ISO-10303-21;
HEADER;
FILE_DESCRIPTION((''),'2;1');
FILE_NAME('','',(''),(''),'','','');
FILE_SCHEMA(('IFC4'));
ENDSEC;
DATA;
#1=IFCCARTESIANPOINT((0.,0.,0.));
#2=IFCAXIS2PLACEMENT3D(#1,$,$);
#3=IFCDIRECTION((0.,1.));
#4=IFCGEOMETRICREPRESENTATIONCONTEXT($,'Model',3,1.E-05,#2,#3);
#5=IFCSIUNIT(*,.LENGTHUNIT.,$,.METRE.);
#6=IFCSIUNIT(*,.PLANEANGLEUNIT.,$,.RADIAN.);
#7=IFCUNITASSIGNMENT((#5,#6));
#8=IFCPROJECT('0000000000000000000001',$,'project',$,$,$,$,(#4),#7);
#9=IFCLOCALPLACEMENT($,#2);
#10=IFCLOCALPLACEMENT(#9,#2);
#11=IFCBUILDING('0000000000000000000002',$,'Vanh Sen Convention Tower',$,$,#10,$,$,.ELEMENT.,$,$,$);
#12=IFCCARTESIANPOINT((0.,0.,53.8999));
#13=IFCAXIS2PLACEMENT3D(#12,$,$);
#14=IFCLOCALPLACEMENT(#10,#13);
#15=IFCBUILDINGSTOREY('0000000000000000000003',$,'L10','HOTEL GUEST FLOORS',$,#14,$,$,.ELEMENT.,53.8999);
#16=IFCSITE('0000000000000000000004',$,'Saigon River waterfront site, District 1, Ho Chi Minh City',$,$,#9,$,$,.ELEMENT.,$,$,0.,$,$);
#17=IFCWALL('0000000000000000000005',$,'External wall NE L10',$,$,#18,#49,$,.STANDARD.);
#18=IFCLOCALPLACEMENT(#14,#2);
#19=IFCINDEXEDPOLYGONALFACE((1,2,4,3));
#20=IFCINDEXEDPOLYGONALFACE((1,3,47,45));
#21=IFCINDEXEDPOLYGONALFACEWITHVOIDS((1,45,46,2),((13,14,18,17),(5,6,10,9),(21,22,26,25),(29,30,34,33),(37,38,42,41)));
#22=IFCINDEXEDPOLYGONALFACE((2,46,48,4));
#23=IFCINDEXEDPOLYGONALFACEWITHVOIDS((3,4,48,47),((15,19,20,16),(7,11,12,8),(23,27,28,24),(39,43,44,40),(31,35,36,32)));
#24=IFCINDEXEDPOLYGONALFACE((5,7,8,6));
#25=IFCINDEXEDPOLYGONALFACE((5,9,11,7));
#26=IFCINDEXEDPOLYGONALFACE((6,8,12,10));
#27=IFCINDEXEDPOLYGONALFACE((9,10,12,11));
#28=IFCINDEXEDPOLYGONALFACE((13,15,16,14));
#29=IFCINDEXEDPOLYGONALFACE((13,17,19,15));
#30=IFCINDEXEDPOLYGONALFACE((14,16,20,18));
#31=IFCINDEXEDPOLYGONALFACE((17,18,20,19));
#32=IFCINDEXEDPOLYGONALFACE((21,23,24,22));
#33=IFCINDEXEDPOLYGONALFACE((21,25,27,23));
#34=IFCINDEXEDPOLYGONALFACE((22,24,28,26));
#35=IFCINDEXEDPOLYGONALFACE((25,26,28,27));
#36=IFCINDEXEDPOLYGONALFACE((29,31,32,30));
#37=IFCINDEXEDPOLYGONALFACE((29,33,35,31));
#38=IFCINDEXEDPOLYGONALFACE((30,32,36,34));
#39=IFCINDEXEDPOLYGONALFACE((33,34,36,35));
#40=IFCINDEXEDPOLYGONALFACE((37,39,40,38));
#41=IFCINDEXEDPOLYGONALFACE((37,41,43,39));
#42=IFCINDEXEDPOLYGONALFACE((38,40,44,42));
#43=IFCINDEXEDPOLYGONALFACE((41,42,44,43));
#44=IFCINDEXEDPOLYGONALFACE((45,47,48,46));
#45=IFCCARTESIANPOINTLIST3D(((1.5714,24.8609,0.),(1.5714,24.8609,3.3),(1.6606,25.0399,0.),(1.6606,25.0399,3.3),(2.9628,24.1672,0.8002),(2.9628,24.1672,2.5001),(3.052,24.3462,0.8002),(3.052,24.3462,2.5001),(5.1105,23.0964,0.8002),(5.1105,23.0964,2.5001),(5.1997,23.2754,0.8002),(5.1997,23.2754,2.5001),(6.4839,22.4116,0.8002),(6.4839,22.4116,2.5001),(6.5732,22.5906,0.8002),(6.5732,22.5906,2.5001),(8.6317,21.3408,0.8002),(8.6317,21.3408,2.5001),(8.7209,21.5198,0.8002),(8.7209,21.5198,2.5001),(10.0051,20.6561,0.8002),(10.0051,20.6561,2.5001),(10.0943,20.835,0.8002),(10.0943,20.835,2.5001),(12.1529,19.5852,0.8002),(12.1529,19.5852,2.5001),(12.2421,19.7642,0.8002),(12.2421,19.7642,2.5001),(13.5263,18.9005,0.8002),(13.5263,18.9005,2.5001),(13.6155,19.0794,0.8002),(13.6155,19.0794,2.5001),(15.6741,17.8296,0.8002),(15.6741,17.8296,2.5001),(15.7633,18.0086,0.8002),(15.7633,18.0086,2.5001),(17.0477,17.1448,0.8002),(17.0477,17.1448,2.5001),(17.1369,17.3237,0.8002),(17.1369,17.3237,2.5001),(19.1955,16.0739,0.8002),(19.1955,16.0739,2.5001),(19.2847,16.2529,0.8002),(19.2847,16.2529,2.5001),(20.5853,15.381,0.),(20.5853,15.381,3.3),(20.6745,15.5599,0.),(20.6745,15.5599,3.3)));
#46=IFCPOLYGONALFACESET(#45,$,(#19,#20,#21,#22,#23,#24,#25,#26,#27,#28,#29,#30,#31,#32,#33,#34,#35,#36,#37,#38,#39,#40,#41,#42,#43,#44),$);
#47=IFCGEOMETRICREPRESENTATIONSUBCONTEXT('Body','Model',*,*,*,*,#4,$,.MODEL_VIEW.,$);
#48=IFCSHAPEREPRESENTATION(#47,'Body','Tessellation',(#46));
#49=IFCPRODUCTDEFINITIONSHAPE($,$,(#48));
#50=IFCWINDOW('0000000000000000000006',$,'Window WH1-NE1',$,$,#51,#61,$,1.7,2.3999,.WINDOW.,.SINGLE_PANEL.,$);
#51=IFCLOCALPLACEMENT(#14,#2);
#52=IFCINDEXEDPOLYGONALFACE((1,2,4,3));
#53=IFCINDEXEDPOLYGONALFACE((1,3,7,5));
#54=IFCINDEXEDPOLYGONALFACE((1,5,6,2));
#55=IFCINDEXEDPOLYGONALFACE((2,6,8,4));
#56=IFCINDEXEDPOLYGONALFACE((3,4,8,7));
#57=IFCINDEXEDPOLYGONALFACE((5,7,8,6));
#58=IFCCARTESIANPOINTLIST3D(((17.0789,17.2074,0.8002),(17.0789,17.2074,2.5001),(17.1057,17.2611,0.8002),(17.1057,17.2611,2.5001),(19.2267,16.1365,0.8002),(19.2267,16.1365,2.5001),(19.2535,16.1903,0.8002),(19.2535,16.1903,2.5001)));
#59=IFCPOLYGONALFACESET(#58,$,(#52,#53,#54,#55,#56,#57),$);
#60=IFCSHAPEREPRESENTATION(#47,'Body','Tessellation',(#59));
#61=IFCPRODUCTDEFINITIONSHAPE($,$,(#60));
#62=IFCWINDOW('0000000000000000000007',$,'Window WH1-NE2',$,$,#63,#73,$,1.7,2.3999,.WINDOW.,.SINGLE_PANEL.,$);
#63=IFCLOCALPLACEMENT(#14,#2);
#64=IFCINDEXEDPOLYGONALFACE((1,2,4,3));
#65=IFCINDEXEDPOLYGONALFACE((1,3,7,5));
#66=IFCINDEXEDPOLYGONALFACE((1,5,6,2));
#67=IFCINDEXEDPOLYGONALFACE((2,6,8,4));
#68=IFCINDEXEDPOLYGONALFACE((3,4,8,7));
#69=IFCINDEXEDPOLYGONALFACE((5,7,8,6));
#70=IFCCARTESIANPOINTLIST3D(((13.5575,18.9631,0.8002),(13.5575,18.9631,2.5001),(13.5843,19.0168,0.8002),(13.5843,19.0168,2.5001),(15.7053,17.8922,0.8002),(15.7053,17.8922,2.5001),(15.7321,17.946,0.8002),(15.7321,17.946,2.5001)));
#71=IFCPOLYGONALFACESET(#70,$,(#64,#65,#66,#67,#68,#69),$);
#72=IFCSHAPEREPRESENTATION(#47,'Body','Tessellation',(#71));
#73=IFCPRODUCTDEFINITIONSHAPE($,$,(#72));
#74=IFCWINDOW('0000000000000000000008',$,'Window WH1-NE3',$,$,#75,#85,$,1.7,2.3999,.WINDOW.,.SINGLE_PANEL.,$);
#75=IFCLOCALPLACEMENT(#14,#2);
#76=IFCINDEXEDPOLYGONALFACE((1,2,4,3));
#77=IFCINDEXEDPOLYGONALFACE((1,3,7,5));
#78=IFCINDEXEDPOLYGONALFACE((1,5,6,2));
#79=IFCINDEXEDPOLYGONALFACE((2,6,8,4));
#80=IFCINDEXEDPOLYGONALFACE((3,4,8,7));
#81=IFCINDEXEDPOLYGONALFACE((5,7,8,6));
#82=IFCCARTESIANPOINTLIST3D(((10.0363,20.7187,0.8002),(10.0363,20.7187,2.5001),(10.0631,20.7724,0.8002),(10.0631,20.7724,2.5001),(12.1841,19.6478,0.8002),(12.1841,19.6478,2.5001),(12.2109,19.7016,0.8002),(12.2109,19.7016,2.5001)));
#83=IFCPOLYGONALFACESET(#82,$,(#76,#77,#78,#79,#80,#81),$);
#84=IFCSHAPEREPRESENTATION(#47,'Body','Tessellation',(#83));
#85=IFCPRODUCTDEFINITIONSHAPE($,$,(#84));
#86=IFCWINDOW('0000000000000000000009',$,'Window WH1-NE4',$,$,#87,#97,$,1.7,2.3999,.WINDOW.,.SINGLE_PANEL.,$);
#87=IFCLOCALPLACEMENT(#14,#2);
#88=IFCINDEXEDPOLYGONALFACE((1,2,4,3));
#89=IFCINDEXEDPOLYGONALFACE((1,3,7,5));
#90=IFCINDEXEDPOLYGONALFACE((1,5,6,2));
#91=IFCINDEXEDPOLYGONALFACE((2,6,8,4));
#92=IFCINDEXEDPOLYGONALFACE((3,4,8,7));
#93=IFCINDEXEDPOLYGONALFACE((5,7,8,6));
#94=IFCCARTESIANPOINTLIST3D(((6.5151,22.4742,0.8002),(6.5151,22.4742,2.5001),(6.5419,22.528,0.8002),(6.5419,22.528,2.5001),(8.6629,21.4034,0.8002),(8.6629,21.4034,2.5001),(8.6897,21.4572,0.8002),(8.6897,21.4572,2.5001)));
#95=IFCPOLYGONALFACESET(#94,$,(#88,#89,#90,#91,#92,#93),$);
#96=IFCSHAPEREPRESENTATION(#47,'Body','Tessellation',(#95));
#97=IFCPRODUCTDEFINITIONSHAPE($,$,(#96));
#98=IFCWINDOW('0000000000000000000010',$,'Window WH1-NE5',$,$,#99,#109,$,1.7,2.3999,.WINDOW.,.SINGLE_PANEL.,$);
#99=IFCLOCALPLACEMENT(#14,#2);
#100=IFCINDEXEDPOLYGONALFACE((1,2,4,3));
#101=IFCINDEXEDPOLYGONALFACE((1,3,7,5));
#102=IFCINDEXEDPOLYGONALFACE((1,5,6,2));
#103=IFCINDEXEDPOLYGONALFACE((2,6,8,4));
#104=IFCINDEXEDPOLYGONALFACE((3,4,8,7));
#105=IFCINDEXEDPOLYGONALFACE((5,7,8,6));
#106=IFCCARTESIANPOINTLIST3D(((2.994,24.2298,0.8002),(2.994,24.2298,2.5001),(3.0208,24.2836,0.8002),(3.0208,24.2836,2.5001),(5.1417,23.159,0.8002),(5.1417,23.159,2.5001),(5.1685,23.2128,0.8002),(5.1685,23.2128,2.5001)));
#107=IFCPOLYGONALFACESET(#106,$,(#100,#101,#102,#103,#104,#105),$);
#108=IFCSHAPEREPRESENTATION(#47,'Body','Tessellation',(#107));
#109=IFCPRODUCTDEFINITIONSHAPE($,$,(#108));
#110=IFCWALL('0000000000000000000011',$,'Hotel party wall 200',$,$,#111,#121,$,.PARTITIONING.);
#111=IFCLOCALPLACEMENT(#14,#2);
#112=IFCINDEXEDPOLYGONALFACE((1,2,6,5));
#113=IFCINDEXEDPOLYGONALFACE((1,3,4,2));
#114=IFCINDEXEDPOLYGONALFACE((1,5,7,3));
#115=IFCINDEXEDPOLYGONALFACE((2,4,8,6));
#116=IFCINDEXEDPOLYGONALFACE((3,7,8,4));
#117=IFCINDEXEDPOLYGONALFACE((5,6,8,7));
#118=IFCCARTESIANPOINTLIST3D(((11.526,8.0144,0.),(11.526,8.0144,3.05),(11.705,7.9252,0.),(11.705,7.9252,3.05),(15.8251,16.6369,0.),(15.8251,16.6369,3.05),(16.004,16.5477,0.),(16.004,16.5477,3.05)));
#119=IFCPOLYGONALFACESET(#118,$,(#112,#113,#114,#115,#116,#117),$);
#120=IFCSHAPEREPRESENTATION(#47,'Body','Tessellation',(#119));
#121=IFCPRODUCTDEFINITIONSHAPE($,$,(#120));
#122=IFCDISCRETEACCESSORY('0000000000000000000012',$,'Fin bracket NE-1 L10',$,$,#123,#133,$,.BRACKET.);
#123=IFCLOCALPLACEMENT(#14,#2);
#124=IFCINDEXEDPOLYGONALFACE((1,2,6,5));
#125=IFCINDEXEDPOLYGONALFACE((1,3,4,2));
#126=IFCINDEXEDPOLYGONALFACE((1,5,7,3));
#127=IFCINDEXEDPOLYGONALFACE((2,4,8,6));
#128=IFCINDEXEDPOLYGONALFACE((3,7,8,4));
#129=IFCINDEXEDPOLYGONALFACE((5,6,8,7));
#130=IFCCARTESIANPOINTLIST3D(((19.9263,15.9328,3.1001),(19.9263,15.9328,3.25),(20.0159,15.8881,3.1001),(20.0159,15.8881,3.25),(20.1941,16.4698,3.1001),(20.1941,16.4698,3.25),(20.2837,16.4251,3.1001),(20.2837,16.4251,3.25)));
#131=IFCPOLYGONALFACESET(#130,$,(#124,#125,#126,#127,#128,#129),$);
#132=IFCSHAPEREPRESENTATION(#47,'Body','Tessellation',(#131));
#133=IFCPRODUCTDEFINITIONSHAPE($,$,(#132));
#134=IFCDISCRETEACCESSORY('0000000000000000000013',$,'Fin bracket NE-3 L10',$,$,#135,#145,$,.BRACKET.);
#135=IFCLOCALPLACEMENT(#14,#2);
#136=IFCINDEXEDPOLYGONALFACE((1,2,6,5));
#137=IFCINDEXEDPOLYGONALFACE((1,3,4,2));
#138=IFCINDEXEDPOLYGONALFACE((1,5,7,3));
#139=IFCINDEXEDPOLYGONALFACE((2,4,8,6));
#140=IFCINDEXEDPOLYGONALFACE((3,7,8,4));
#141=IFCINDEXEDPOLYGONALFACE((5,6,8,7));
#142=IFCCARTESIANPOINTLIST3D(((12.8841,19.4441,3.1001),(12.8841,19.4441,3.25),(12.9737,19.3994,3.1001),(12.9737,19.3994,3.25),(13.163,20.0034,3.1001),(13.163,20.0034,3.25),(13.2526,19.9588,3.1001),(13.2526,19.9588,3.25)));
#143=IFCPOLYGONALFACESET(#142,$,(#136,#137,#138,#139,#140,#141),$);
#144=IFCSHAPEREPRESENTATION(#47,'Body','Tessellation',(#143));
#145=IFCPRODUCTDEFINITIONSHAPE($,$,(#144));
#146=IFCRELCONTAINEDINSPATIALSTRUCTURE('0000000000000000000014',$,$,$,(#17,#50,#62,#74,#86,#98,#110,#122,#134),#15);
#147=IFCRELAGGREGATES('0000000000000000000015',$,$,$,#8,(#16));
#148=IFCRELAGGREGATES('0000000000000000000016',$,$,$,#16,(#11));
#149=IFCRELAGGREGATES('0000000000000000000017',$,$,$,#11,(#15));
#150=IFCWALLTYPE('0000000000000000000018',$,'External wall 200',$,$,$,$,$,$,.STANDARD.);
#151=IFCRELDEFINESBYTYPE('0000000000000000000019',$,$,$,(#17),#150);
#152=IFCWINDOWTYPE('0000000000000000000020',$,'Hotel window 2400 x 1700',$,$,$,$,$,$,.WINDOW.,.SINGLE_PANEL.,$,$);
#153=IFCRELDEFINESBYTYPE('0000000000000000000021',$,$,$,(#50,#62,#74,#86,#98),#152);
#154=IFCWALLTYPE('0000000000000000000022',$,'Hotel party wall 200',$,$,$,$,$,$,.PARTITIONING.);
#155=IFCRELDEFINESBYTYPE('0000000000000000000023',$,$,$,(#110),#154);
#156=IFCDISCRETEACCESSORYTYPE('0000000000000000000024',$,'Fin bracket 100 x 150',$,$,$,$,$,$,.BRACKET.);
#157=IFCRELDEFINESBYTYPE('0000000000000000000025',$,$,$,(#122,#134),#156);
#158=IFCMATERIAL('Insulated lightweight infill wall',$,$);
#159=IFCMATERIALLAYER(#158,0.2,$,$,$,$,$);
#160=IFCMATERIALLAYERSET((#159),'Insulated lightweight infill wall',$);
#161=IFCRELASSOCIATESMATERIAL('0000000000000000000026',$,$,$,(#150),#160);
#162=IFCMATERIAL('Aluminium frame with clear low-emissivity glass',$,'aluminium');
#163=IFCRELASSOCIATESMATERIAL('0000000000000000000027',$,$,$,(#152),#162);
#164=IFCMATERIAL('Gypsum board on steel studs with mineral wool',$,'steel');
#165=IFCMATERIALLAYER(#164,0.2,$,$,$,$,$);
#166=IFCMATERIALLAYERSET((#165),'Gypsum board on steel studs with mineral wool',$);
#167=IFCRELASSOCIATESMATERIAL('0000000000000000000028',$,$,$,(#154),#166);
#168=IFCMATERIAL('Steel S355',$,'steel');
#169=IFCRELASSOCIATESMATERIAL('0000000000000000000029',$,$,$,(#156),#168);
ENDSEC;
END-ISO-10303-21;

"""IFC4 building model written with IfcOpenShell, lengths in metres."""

from ifc_helpers import new_model, si_unit, direction, frame, frame_2d, origin, origin_2d, place, context, subcontext, project, spatial, rectangle, extrude, material, layer, layer_set, type_object, element, fill, save


model = new_model("IFC4")

# Units and contexts
model_context = context("Model", 3, precision=1e-05, world=origin(), true_north=direction((0.0, 1.0)))
body_context = subcontext(model_context, "Body", "Model", "MODEL_VIEW")
ifc_project = project(units=[si_unit("LENGTHUNIT", "METRE"), si_unit("PLANEANGLEUNIT", "RADIAN")], contexts=[model_context])

# Site, building, storey
site_placement = place(None, origin())
site = spatial("IfcSite", under=ifc_project, at=site_placement, Name="Saigon River waterfront site, District 1, Ho Chi Minh City", CompositionType="ELEMENT", RefElevation=0.0)
building_placement = place(site_placement, origin())
building = spatial("IfcBuilding", under=site, at=building_placement, Name="Vanh Sen Convention Tower", CompositionType="ELEMENT")
storey_placement = place(building_placement, frame((0.0, 0.0, 53.8999)))
storey = spatial("IfcBuildingStorey", under=building, at=storey_placement, Name="L10", Description="HOTEL GUEST FLOORS", CompositionType="ELEMENT", Elevation=53.8999)

# Wall, openings, windows
ifc_material_1 = material(Name="Insulated lightweight infill wall")
ifc_layer_1 = layer(ifc_material_1, 0.2)
ifc_layer_set_1 = layer_set([ifc_layer_1], Name="Insulated lightweight infill wall")
wall_type_1 = type_object("IfcWallType", Name="External wall 200", PredefinedType="STANDARD", material=ifc_layer_set_1)
wall_1_placement = place(storey_placement, frame((20.6299, 15.4705, 0.0), z_axis=(0.0, 0.0, 1.0), x_axis=(-0.894935, 0.446197, 0.0)))
wall_1 = element("IfcWall", 1, at=wall_1_placement, inside=storey, type_object=wall_type_1, Name="External wall NE L10", PredefinedType="STANDARD", context=body_context, shape_type="SweptSolid", body=[
    extrude(rectangle(XDim=21.2461, YDim=0.2, at=frame_2d((10.623, 0.0))), origin(), (0.0, 0.0, 1.0), 3.3),
])
opening_1_placement = place(wall_1_placement, frame((1.553, 0.0, 0.8)))
opening_1 = element("IfcOpeningElement", 2, at=opening_1_placement, cuts=wall_1, PredefinedType="OPENING", context=body_context, shape_type="SweptSolid", body=[
    extrude(rectangle(XDim=2.3999, YDim=1.7, at=frame_2d((1.2, 0.8501))), frame((0.0, 0.1099, 0.0), z_axis=(0.0, -1.0, 0.0), x_axis=(1.0, 0.0, 0.0)), (0.0, 0.0, 1.0), 0.22),
])
opening_2_placement = place(wall_1_placement, frame((5.4878, 0.0, 0.8)))
opening_2 = element("IfcOpeningElement", 3, at=opening_2_placement, cuts=wall_1, PredefinedType="OPENING", context=body_context, shape_type="SweptSolid", body=[
    extrude(rectangle(XDim=2.3999, YDim=1.7, at=frame_2d((1.2, 0.8501))), frame((0.0, 0.1099, 0.0), z_axis=(0.0, -1.0, 0.0), x_axis=(1.0, 0.0, 0.0)), (0.0, 0.0, 1.0), 0.22),
])
opening_3_placement = place(wall_1_placement, frame((9.4224, 0.0, 0.8)))
opening_3 = element("IfcOpeningElement", 4, at=opening_3_placement, cuts=wall_1, PredefinedType="OPENING", context=body_context, shape_type="SweptSolid", body=[
    extrude(rectangle(XDim=2.3999, YDim=1.7, at=frame_2d((1.2, 0.8501))), frame((0.0, 0.1099, 0.0), z_axis=(0.0, -1.0, 0.0), x_axis=(1.0, 0.0, 0.0)), (0.0, 0.0, 1.0), 0.22),
])
opening_4_placement = place(wall_1_placement, frame((13.3569, 0.0, 0.8)))
opening_4 = element("IfcOpeningElement", 5, at=opening_4_placement, cuts=wall_1, PredefinedType="OPENING", context=body_context, shape_type="SweptSolid", body=[
    extrude(rectangle(XDim=2.3999, YDim=1.7, at=frame_2d((1.2, 0.8501))), frame((0.0, 0.1099, 0.0), z_axis=(0.0, -1.0, 0.0), x_axis=(1.0, 0.0, 0.0)), (0.0, 0.0, 1.0), 0.22),
])
opening_5_placement = place(wall_1_placement, frame((17.2915, 0.0, 0.8)))
opening_5 = element("IfcOpeningElement", 6, at=opening_5_placement, cuts=wall_1, PredefinedType="OPENING", context=body_context, shape_type="SweptSolid", body=[
    extrude(rectangle(XDim=2.3999, YDim=1.7, at=frame_2d((1.2, 0.8501))), frame((0.0, 0.1099, 0.0), z_axis=(0.0, -1.0, 0.0), x_axis=(1.0, 0.0, 0.0)), (0.0, 0.0, 1.0), 0.22),
])
ifc_material_2 = material(Name="Aluminium frame with clear low-emissivity glass", Category="aluminium")
window_type = type_object("IfcWindowType", Name="Hotel window 2400 x 1700", PartitioningType="SINGLE_PANEL", PredefinedType="WINDOW", material=ifc_material_2)
window_1_placement = place(opening_1_placement, origin())
window_1 = element("IfcWindow", 7, at=window_1_placement, inside=storey, type_object=window_type, Name="Window WH1-NE1", OverallHeight=1.7, OverallWidth=2.3999, PartitioningType="SINGLE_PANEL", PredefinedType="WINDOW", context=body_context, shape_type="SweptSolid", body=[
    extrude(rectangle(XDim=2.3999, YDim=1.7, at=frame_2d((1.2, 0.8501))), frame((0.0, 0.03, 0.0), z_axis=(0.0, -1.0, 0.0), x_axis=(1.0, 0.0, 0.0)), (0.0, 0.0, 1.0), 0.0601),
])
fill(opening_1, window_1)
window_2_placement = place(opening_2_placement, origin())
window_2 = element("IfcWindow", 8, at=window_2_placement, inside=storey, type_object=window_type, Name="Window WH1-NE2", OverallHeight=1.7, OverallWidth=2.3999, PartitioningType="SINGLE_PANEL", PredefinedType="WINDOW", context=body_context, shape_type="SweptSolid", body=[
    extrude(rectangle(XDim=2.3999, YDim=1.7, at=frame_2d((1.2, 0.8501))), frame((0.0, 0.03, 0.0), z_axis=(0.0, -1.0, 0.0), x_axis=(1.0, 0.0, 0.0)), (0.0, 0.0, 1.0), 0.0601),
])
fill(opening_2, window_2)
window_3_placement = place(opening_3_placement, origin())
window_3 = element("IfcWindow", 9, at=window_3_placement, inside=storey, type_object=window_type, Name="Window WH1-NE3", OverallHeight=1.7, OverallWidth=2.3999, PartitioningType="SINGLE_PANEL", PredefinedType="WINDOW", context=body_context, shape_type="SweptSolid", body=[
    extrude(rectangle(XDim=2.3999, YDim=1.7, at=frame_2d((1.2, 0.8501))), frame((0.0, 0.03, 0.0), z_axis=(0.0, -1.0, 0.0), x_axis=(1.0, 0.0, 0.0)), (0.0, 0.0, 1.0), 0.0601),
])
fill(opening_3, window_3)
window_4_placement = place(opening_4_placement, origin())
window_4 = element("IfcWindow", 10, at=window_4_placement, inside=storey, type_object=window_type, Name="Window WH1-NE4", OverallHeight=1.7, OverallWidth=2.3999, PartitioningType="SINGLE_PANEL", PredefinedType="WINDOW", context=body_context, shape_type="SweptSolid", body=[
    extrude(rectangle(XDim=2.3999, YDim=1.7, at=frame_2d((1.2, 0.8501))), frame((0.0, 0.03, 0.0), z_axis=(0.0, -1.0, 0.0), x_axis=(1.0, 0.0, 0.0)), (0.0, 0.0, 1.0), 0.0601),
])
fill(opening_4, window_4)
window_5_placement = place(opening_5_placement, origin())
window_5 = element("IfcWindow", 11, at=window_5_placement, inside=storey, type_object=window_type, Name="Window WH1-NE5", OverallHeight=1.7, OverallWidth=2.3999, PartitioningType="SINGLE_PANEL", PredefinedType="WINDOW", context=body_context, shape_type="SweptSolid", body=[
    extrude(rectangle(XDim=2.3999, YDim=1.7, at=frame_2d((1.2, 0.8501))), frame((0.0, 0.03, 0.0), z_axis=(0.0, -1.0, 0.0), x_axis=(1.0, 0.0, 0.0)), (0.0, 0.0, 1.0), 0.0601),
])
fill(opening_5, window_5)

# Wall
ifc_material_3 = material(Name="Gypsum board on steel studs with mineral wool", Category="steel")
ifc_layer_2 = layer(ifc_material_3, 0.2)
ifc_layer_set_2 = layer_set([ifc_layer_2], Name="Gypsum board on steel studs with mineral wool")
wall_type_2 = type_object("IfcWallType", Name="Hotel party wall 200", PredefinedType="PARTITIONING", material=ifc_layer_set_2)
wall_2_placement = place(storey_placement, frame((15.9146, 16.5923, 0.0), z_axis=(0.0, 0.0, 1.0), x_axis=(-0.4462, -0.894933, 0.0)))
element("IfcWall", 12, at=wall_2_placement, inside=storey, type_object=wall_type_2, Name="Hotel party wall 200", PredefinedType="PARTITIONING", context=body_context, shape_type="SweptSolid", body=[
    extrude(rectangle(XDim=9.6348, YDim=0.2, at=frame_2d((4.8174, 0.0))), origin(), (0.0, 0.0, 1.0), 3.05),
])

# Discrete accessories
ifc_material_4 = material(Name="Steel S355", Category="steel")
discrete_accessory_type = type_object("IfcDiscreteAccessoryType", Name="Fin bracket 100 x 150", PredefinedType="BRACKET", material=ifc_material_4)
discrete_accessory_1_placement = place(storey_placement, frame((20.105, 16.179, 3.1001), z_axis=(0.0, 0.0, 1.0), x_axis=(0.446198, 0.894934, 0.0)))
element("IfcDiscreteAccessory", 13, at=discrete_accessory_1_placement, inside=storey, type_object=discrete_accessory_type, Name="Fin bracket NE-1 L10", PredefinedType="BRACKET", context=body_context, shape_type="SweptSolid", body=[
    extrude(rectangle(XDim=0.6001, YDim=0.1001, at=origin_2d()), origin(), (0.0, 0.0, 1.0), 0.1499),
])
discrete_accessory_2_placement = place(storey_placement, frame((13.0684, 19.7014, 3.1001), z_axis=(0.0, 0.0, 1.0), x_axis=(0.446198, 0.894934, 0.0)))
element("IfcDiscreteAccessory", 14, at=discrete_accessory_2_placement, inside=storey, type_object=discrete_accessory_type, Name="Fin bracket NE-3 L10", PredefinedType="BRACKET", context=body_context, shape_type="SweptSolid", body=[
    extrude(rectangle(XDim=0.625, YDim=0.1001, at=origin_2d()), origin(), (0.0, 0.0, 1.0), 0.1499),
])

save(model, "model.ifc")
